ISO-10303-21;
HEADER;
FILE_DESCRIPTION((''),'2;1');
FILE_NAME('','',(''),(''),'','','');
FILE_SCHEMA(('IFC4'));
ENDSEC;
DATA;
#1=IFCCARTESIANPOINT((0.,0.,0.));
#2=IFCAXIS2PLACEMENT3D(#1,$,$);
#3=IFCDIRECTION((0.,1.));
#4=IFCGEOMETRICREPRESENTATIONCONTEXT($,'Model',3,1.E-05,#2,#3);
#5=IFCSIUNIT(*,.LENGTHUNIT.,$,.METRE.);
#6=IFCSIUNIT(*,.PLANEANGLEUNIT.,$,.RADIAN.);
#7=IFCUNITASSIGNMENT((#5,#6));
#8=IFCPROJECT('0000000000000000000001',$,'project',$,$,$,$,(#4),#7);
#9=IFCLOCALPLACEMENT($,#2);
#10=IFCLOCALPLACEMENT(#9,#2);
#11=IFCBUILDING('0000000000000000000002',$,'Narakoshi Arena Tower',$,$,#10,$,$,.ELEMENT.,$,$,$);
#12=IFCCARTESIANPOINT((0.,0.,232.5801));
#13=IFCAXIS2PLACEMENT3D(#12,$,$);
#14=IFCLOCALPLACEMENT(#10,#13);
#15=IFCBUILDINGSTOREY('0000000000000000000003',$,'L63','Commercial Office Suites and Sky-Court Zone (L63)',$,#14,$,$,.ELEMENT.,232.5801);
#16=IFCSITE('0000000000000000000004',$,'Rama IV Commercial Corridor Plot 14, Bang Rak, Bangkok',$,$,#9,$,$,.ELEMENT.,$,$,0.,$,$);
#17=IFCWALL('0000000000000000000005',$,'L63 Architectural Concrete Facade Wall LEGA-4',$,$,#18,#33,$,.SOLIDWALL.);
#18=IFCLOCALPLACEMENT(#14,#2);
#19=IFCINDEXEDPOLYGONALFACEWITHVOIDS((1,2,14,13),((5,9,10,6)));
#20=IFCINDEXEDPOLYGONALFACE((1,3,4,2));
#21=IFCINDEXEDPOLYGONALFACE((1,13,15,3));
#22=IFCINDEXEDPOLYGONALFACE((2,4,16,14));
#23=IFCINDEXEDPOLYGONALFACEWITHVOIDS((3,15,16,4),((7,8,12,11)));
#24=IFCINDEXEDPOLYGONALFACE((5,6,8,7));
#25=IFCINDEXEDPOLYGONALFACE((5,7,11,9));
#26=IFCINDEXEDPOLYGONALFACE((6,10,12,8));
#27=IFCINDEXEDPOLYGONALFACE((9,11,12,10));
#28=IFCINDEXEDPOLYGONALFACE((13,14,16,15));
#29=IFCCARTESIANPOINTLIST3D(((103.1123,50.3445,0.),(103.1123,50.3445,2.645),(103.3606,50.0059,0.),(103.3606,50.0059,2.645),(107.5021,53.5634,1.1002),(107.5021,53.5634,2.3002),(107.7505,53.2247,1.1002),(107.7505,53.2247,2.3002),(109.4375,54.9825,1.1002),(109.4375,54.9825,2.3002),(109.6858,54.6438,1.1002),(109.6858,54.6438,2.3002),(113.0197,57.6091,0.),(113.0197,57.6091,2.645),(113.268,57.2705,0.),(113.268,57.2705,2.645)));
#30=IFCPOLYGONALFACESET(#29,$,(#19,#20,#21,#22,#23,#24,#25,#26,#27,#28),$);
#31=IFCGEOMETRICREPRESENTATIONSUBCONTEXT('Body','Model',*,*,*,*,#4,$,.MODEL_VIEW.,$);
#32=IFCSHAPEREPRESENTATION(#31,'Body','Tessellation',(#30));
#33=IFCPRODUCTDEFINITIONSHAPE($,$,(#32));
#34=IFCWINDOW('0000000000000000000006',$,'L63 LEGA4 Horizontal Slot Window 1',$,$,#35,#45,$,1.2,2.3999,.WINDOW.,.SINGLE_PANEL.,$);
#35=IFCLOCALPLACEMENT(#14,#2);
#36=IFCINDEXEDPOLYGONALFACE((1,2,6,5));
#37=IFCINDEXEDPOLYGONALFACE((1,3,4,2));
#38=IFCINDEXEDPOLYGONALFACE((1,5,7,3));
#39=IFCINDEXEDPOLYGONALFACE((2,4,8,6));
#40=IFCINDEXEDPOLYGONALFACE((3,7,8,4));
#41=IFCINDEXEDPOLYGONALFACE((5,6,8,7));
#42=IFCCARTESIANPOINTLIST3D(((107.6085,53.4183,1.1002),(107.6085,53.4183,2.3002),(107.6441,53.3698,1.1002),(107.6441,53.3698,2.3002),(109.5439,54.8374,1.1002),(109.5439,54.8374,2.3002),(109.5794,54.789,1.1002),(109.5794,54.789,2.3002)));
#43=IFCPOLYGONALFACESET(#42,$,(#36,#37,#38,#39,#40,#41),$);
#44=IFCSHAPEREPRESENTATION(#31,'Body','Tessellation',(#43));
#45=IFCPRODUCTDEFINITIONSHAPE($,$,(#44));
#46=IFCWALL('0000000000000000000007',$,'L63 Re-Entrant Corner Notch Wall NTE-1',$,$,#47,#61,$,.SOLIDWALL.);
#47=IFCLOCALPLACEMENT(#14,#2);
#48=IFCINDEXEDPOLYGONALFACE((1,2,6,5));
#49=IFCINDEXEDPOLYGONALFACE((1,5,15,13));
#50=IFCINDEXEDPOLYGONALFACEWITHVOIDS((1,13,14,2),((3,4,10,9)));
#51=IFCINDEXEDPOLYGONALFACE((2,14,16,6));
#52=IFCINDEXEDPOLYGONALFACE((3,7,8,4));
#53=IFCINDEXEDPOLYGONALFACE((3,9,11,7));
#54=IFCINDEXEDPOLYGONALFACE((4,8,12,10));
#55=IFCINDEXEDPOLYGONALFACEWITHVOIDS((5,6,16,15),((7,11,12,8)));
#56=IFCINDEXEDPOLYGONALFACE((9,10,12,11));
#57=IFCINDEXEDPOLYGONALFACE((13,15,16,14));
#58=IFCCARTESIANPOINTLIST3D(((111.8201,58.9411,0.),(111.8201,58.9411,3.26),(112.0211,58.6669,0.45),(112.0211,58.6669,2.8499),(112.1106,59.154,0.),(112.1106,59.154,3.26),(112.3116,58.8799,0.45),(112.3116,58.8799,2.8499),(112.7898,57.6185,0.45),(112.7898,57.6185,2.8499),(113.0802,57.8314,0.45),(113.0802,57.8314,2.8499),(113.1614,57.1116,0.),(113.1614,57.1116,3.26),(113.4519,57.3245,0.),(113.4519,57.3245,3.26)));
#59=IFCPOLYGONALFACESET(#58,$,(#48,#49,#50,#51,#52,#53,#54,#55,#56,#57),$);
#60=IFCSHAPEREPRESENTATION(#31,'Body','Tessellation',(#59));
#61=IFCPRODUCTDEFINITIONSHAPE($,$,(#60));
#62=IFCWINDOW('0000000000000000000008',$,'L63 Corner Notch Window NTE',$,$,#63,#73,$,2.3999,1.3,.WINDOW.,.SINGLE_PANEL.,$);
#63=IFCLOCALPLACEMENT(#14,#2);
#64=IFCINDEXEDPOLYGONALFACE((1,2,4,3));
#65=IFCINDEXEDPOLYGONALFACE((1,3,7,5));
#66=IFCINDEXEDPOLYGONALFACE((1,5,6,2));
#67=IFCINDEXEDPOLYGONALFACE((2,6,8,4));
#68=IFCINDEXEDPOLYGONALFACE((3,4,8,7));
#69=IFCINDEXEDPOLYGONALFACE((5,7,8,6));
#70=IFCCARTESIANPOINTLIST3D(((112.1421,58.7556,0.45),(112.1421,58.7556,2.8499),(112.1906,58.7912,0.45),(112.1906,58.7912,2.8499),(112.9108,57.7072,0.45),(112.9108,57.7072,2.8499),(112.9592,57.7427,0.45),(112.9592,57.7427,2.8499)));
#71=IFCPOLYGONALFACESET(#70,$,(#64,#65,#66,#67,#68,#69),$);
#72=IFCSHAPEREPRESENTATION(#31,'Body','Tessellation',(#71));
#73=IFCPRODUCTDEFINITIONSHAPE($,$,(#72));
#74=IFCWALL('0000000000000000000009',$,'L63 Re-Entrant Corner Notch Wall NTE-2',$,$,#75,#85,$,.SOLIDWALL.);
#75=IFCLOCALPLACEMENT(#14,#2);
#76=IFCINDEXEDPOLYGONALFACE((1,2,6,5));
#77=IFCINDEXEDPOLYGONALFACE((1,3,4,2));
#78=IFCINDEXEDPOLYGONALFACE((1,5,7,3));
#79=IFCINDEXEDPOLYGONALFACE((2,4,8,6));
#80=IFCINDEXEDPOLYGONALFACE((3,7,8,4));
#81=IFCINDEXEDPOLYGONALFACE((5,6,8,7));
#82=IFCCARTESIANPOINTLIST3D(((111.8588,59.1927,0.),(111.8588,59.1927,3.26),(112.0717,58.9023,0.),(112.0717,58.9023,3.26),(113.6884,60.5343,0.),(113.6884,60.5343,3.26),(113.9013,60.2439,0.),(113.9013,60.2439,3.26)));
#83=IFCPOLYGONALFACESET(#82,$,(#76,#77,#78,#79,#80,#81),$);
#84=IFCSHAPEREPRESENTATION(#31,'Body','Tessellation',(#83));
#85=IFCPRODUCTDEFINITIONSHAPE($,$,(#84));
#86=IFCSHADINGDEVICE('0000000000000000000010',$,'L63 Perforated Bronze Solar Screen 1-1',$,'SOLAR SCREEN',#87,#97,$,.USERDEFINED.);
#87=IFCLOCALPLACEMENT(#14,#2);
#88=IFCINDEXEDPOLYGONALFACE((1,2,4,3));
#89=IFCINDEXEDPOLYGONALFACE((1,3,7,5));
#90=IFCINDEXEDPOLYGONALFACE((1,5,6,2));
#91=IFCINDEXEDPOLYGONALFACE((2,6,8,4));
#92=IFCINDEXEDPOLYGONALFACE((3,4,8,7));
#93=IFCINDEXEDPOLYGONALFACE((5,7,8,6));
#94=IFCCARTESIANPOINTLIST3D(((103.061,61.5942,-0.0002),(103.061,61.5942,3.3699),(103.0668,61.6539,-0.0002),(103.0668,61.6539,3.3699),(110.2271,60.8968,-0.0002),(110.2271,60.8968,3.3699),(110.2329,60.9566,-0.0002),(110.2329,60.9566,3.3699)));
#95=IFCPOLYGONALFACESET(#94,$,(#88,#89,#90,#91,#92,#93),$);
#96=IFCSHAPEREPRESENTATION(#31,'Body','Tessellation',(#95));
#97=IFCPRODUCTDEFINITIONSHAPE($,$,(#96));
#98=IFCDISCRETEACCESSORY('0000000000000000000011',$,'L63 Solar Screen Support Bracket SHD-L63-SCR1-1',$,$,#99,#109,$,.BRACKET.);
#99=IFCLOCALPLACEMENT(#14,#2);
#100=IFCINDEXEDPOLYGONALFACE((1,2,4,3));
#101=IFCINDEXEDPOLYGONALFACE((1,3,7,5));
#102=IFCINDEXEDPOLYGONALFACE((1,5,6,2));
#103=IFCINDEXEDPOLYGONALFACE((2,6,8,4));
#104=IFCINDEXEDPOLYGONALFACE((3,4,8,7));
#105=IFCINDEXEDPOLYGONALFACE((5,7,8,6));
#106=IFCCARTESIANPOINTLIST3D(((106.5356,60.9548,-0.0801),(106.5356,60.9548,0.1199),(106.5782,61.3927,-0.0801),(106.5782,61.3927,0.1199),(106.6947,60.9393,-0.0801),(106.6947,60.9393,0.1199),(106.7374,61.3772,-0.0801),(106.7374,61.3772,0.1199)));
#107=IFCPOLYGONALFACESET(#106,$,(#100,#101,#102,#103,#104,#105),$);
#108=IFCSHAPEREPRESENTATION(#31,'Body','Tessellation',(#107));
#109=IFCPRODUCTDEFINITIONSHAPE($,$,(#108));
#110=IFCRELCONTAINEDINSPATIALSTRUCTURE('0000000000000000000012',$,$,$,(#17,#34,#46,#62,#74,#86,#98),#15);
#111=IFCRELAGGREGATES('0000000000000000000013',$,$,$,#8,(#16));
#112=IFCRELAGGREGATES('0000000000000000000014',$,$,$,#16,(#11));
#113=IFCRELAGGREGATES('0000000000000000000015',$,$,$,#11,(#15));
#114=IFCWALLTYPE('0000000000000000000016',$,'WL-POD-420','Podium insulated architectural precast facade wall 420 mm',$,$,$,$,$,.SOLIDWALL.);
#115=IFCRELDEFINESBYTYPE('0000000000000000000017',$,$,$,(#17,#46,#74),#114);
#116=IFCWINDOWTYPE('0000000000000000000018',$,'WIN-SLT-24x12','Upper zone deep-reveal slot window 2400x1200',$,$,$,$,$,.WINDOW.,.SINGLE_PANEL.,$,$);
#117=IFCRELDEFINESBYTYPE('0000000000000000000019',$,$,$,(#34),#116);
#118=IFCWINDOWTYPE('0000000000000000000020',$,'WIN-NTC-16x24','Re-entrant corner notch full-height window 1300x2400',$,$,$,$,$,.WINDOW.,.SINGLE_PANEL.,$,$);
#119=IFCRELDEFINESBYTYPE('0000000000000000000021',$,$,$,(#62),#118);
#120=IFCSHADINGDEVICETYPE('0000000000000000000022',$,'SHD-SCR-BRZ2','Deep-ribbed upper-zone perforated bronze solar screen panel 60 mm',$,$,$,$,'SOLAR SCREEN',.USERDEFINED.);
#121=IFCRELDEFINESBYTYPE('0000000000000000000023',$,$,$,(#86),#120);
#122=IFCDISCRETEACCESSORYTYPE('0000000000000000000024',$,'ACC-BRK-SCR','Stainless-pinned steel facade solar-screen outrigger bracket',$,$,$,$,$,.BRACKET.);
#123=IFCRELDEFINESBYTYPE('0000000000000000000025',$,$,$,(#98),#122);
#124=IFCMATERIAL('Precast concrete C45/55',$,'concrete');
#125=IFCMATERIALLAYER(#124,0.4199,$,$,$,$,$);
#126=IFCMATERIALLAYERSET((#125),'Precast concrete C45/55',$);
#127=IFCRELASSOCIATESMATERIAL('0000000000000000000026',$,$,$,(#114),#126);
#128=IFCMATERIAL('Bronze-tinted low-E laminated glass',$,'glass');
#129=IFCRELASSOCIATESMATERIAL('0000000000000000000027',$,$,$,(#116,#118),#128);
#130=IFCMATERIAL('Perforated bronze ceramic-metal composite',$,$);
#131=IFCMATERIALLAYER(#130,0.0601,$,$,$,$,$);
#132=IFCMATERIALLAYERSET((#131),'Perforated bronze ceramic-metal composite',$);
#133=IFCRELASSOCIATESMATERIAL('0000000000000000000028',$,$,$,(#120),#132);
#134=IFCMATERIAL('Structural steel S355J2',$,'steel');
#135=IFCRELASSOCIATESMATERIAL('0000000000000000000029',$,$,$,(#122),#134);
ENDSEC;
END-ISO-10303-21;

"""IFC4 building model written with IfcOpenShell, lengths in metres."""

from ifc_helpers import new_model, si_unit, direction, frame, frame_2d, origin, origin_2d, place, context, subcontext, project, spatial, rectangle, extrude, material, layer, layer_set, type_object, element, fill, save


model = new_model("IFC4")

# Units and contexts
model_context = context("Model", 3, precision=1e-05, world=origin(), true_north=direction((0.0, 1.0)))
body_context = subcontext(model_context, "Body", "Model", "MODEL_VIEW")
ifc_project = project(units=[si_unit("LENGTHUNIT", "METRE"), si_unit("PLANEANGLEUNIT", "RADIAN")], contexts=[model_context])

# Site, building, storey
site_placement = place(None, origin())
site = spatial("IfcSite", under=ifc_project, at=site_placement, Name="Rama IV Commercial Corridor Plot 14, Bang Rak, Bangkok", CompositionType="ELEMENT", RefElevation=0.0)
building_placement = place(site_placement, origin())
building = spatial("IfcBuilding", under=site, at=building_placement, Name="Narakoshi Arena Tower", CompositionType="ELEMENT")
storey_placement = place(building_placement, frame((0.0, 0.0, 232.5801)))
storey = spatial("IfcBuildingStorey", under=building, at=storey_placement, Name="L63", Description="Commercial Office Suites and Sky-Court Zone (L63)", CompositionType="ELEMENT", Elevation=232.5801)

# Shared definitions
ifc_material_1 = material(Name="Structural steel S355J2", Category="steel")

# Shared definitions
ifc_material_2 = material(Name="Bronze-tinted low-E laminated glass", Category="glass")

# Shared definitions
ifc_material_3 = material(Name="Precast concrete C45/55", Category="concrete")

# Walls, openings, windows
ifc_layer_1 = layer(ifc_material_3, 0.4199)
ifc_layer_set_1 = layer_set([ifc_layer_1], Name="Precast concrete C45/55")
wall_type_1 = type_object("IfcWallType", Name="WL-POD-420", Description="Podium insulated architectural precast facade wall 420 mm", PredefinedType="SOLIDWALL", material=ifc_layer_set_1)
wall_1_placement = place(storey_placement, frame((103.2366, 50.1753, 0.0), z_axis=(0.0, 0.0, 1.0), x_axis=(0.806437, 0.59132, 0.0)))
wall_1 = element("IfcWall", 1, at=wall_1_placement, inside=storey, type_object=wall_type_1, Name="L63 Architectural Concrete Facade Wall LEGA-4", PredefinedType="SOLIDWALL", context=body_context, shape_type="SweptSolid", body=[
    extrude(rectangle(XDim=12.2854, YDim=0.4199, at=frame_2d((6.1426, 0.0))), origin(), (0.0, 0.0, 1.0), 2.645),
])
opening_1_placement = place(wall_1_placement, frame((5.4434, 0.0, 1.1001)))
opening_1 = element("IfcOpeningElement", 2, at=opening_1_placement, cuts=wall_1, PredefinedType="OPENING", context=body_context, shape_type="SweptSolid", body=[
    extrude(rectangle(XDim=2.3999, YDim=1.2, at=frame_2d((1.2, 0.6001))), frame((0.0, 0.22, 0.0), z_axis=(0.0, -1.0, 0.0), x_axis=(1.0, 0.0, 0.0)), (0.0, 0.0, 1.0), 0.4399),
])
window_type_1 = type_object("IfcWindowType", Name="WIN-SLT-24x12", Description="Upper zone deep-reveal slot window 2400x1200", PartitioningType="SINGLE_PANEL", PredefinedType="WINDOW", material=ifc_material_2)
window_1_placement = place(opening_1_placement, origin())
window_1 = element("IfcWindow", 3, at=window_1_placement, inside=storey, type_object=window_type_1, Name="L63 LEGA4 Horizontal Slot Window 1", OverallHeight=1.2, OverallWidth=2.3999, PartitioningType="SINGLE_PANEL", PredefinedType="WINDOW", context=body_context, shape_type="SweptSolid", body=[
    extrude(rectangle(XDim=2.3999, YDim=1.2, at=frame_2d((1.2, 0.6001))), frame((0.0, 0.03, 0.0), z_axis=(0.0, -1.0, 0.0), x_axis=(1.0, 0.0, 0.0)), (0.0, 0.0, 1.0), 0.0601),
])
fill(opening_1, window_1)
wall_2_placement = place(storey_placement, frame((113.3066, 57.218, 0.0), z_axis=(0.0, 0.0, 1.0), x_axis=(-0.591252, 0.806487, 0.0)))
wall_2 = element("IfcWall", 4, at=wall_2_placement, inside=storey, type_object=wall_type_1, Name="L63 Re-Entrant Corner Notch Wall NTE-1", PredefinedType="SOLIDWALL", context=body_context, shape_type="SweptSolid", body=[
    extrude(rectangle(XDim=2.2686, YDim=0.3601, at=frame_2d((1.1343, 0.0))), origin(), (0.0, 0.0, 1.0), 3.26),
])
opening_2_placement = place(wall_2_placement, frame((0.6287, 0.0, 0.45)))
opening_2 = element("IfcOpeningElement", 5, at=opening_2_placement, cuts=wall_2, PredefinedType="OPENING", context=body_context, shape_type="SweptSolid", body=[
    extrude(rectangle(XDim=1.3, YDim=2.3999, at=frame_2d((0.6499, 1.2))), frame((0.0, 0.1899, 0.0), z_axis=(0.0, -1.0, 0.0), x_axis=(1.0, 0.0, 0.0)), (0.0, 0.0, 1.0), 0.3801),
])
window_type_2 = type_object("IfcWindowType", Name="WIN-NTC-16x24", Description="Re-entrant corner notch full-height window 1300x2400", PartitioningType="SINGLE_PANEL", PredefinedType="WINDOW", material=ifc_material_2)
window_2_placement = place(opening_2_placement, origin())
window_2 = element("IfcWindow", 6, at=window_2_placement, inside=storey, type_object=window_type_2, Name="L63 Corner Notch Window NTE", OverallHeight=2.3999, OverallWidth=1.3, PartitioningType="SINGLE_PANEL", PredefinedType="WINDOW", context=body_context, shape_type="SweptSolid", body=[
    extrude(rectangle(XDim=1.3, YDim=2.3999, at=frame_2d((0.6499, 1.2))), frame((0.0, 0.03, 0.0), z_axis=(0.0, -1.0, 0.0), x_axis=(1.0, 0.0, 0.0)), (0.0, 0.0, 1.0), 0.0601),
])
fill(opening_2, window_2)

# Wall
wall_3_placement = place(storey_placement, frame((111.9653, 59.0476, 0.0), z_axis=(0.0, 0.0, 1.0), x_axis=(0.806436, 0.591322, 0.0)))
element("IfcWall", 7, at=wall_3_placement, inside=storey, type_object=wall_type_1, Name="L63 Re-Entrant Corner Notch Wall NTE-2", PredefinedType="SOLIDWALL", context=body_context, shape_type="SweptSolid", body=[
    extrude(rectangle(XDim=2.2688, YDim=0.3601, at=frame_2d((1.1343, 0.0))), origin(), (0.0, 0.0, 1.0), 3.26),
])

# Shading device
ifc_material_4 = material(Name="Perforated bronze ceramic-metal composite")
ifc_layer_2 = layer(ifc_material_4, 0.0601)
ifc_layer_set_2 = layer_set([ifc_layer_2], Name="Perforated bronze ceramic-metal composite")
shading_device_type = type_object("IfcShadingDeviceType", Name="SHD-SCR-BRZ2", Description="Deep-ribbed upper-zone perforated bronze solar screen panel 60 mm", ElementType="SOLAR SCREEN", PredefinedType="USERDEFINED", material=ifc_layer_set_2)
shading_device_placement = place(storey_placement, frame((106.647, 61.2754, -0.0002), z_axis=(0.0, 0.0, 1.0), x_axis=(-0.995299, 0.096853, 0.0)))
element("IfcShadingDevice", 8, at=shading_device_placement, inside=storey, type_object=shading_device_type, Name="L63 Perforated Bronze Solar Screen 1-1", ObjectType="SOLAR SCREEN", PredefinedType="USERDEFINED", context=body_context, shape_type="SweptSolid", body=[
    extrude(rectangle(XDim=7.2, YDim=0.0601, at=origin_2d()), origin(), (0.0, 0.0, 1.0), 3.3701),
])

# Discrete accessory
discrete_accessory_type = type_object("IfcDiscreteAccessoryType", Name="ACC-BRK-SCR", Description="Stainless-pinned steel facade solar-screen outrigger bracket", PredefinedType="BRACKET", material=ifc_material_1)
discrete_accessory_placement = place(storey_placement, frame((106.6365, 61.166, -0.0801), z_axis=(0.0, 0.0, 1.0), x_axis=(-0.995299, 0.096853, 0.0)))
element("IfcDiscreteAccessory", 9, at=discrete_accessory_placement, inside=storey, type_object=discrete_accessory_type, Name="L63 Solar Screen Support Bracket SHD-L63-SCR1-1", PredefinedType="BRACKET", context=body_context, shape_type="SweptSolid", body=[
    extrude(rectangle(XDim=0.1599, YDim=0.4399, at=origin_2d()), origin(), (0.0, 0.0, 1.0), 0.2),
])

save(model, "model.ifc")
